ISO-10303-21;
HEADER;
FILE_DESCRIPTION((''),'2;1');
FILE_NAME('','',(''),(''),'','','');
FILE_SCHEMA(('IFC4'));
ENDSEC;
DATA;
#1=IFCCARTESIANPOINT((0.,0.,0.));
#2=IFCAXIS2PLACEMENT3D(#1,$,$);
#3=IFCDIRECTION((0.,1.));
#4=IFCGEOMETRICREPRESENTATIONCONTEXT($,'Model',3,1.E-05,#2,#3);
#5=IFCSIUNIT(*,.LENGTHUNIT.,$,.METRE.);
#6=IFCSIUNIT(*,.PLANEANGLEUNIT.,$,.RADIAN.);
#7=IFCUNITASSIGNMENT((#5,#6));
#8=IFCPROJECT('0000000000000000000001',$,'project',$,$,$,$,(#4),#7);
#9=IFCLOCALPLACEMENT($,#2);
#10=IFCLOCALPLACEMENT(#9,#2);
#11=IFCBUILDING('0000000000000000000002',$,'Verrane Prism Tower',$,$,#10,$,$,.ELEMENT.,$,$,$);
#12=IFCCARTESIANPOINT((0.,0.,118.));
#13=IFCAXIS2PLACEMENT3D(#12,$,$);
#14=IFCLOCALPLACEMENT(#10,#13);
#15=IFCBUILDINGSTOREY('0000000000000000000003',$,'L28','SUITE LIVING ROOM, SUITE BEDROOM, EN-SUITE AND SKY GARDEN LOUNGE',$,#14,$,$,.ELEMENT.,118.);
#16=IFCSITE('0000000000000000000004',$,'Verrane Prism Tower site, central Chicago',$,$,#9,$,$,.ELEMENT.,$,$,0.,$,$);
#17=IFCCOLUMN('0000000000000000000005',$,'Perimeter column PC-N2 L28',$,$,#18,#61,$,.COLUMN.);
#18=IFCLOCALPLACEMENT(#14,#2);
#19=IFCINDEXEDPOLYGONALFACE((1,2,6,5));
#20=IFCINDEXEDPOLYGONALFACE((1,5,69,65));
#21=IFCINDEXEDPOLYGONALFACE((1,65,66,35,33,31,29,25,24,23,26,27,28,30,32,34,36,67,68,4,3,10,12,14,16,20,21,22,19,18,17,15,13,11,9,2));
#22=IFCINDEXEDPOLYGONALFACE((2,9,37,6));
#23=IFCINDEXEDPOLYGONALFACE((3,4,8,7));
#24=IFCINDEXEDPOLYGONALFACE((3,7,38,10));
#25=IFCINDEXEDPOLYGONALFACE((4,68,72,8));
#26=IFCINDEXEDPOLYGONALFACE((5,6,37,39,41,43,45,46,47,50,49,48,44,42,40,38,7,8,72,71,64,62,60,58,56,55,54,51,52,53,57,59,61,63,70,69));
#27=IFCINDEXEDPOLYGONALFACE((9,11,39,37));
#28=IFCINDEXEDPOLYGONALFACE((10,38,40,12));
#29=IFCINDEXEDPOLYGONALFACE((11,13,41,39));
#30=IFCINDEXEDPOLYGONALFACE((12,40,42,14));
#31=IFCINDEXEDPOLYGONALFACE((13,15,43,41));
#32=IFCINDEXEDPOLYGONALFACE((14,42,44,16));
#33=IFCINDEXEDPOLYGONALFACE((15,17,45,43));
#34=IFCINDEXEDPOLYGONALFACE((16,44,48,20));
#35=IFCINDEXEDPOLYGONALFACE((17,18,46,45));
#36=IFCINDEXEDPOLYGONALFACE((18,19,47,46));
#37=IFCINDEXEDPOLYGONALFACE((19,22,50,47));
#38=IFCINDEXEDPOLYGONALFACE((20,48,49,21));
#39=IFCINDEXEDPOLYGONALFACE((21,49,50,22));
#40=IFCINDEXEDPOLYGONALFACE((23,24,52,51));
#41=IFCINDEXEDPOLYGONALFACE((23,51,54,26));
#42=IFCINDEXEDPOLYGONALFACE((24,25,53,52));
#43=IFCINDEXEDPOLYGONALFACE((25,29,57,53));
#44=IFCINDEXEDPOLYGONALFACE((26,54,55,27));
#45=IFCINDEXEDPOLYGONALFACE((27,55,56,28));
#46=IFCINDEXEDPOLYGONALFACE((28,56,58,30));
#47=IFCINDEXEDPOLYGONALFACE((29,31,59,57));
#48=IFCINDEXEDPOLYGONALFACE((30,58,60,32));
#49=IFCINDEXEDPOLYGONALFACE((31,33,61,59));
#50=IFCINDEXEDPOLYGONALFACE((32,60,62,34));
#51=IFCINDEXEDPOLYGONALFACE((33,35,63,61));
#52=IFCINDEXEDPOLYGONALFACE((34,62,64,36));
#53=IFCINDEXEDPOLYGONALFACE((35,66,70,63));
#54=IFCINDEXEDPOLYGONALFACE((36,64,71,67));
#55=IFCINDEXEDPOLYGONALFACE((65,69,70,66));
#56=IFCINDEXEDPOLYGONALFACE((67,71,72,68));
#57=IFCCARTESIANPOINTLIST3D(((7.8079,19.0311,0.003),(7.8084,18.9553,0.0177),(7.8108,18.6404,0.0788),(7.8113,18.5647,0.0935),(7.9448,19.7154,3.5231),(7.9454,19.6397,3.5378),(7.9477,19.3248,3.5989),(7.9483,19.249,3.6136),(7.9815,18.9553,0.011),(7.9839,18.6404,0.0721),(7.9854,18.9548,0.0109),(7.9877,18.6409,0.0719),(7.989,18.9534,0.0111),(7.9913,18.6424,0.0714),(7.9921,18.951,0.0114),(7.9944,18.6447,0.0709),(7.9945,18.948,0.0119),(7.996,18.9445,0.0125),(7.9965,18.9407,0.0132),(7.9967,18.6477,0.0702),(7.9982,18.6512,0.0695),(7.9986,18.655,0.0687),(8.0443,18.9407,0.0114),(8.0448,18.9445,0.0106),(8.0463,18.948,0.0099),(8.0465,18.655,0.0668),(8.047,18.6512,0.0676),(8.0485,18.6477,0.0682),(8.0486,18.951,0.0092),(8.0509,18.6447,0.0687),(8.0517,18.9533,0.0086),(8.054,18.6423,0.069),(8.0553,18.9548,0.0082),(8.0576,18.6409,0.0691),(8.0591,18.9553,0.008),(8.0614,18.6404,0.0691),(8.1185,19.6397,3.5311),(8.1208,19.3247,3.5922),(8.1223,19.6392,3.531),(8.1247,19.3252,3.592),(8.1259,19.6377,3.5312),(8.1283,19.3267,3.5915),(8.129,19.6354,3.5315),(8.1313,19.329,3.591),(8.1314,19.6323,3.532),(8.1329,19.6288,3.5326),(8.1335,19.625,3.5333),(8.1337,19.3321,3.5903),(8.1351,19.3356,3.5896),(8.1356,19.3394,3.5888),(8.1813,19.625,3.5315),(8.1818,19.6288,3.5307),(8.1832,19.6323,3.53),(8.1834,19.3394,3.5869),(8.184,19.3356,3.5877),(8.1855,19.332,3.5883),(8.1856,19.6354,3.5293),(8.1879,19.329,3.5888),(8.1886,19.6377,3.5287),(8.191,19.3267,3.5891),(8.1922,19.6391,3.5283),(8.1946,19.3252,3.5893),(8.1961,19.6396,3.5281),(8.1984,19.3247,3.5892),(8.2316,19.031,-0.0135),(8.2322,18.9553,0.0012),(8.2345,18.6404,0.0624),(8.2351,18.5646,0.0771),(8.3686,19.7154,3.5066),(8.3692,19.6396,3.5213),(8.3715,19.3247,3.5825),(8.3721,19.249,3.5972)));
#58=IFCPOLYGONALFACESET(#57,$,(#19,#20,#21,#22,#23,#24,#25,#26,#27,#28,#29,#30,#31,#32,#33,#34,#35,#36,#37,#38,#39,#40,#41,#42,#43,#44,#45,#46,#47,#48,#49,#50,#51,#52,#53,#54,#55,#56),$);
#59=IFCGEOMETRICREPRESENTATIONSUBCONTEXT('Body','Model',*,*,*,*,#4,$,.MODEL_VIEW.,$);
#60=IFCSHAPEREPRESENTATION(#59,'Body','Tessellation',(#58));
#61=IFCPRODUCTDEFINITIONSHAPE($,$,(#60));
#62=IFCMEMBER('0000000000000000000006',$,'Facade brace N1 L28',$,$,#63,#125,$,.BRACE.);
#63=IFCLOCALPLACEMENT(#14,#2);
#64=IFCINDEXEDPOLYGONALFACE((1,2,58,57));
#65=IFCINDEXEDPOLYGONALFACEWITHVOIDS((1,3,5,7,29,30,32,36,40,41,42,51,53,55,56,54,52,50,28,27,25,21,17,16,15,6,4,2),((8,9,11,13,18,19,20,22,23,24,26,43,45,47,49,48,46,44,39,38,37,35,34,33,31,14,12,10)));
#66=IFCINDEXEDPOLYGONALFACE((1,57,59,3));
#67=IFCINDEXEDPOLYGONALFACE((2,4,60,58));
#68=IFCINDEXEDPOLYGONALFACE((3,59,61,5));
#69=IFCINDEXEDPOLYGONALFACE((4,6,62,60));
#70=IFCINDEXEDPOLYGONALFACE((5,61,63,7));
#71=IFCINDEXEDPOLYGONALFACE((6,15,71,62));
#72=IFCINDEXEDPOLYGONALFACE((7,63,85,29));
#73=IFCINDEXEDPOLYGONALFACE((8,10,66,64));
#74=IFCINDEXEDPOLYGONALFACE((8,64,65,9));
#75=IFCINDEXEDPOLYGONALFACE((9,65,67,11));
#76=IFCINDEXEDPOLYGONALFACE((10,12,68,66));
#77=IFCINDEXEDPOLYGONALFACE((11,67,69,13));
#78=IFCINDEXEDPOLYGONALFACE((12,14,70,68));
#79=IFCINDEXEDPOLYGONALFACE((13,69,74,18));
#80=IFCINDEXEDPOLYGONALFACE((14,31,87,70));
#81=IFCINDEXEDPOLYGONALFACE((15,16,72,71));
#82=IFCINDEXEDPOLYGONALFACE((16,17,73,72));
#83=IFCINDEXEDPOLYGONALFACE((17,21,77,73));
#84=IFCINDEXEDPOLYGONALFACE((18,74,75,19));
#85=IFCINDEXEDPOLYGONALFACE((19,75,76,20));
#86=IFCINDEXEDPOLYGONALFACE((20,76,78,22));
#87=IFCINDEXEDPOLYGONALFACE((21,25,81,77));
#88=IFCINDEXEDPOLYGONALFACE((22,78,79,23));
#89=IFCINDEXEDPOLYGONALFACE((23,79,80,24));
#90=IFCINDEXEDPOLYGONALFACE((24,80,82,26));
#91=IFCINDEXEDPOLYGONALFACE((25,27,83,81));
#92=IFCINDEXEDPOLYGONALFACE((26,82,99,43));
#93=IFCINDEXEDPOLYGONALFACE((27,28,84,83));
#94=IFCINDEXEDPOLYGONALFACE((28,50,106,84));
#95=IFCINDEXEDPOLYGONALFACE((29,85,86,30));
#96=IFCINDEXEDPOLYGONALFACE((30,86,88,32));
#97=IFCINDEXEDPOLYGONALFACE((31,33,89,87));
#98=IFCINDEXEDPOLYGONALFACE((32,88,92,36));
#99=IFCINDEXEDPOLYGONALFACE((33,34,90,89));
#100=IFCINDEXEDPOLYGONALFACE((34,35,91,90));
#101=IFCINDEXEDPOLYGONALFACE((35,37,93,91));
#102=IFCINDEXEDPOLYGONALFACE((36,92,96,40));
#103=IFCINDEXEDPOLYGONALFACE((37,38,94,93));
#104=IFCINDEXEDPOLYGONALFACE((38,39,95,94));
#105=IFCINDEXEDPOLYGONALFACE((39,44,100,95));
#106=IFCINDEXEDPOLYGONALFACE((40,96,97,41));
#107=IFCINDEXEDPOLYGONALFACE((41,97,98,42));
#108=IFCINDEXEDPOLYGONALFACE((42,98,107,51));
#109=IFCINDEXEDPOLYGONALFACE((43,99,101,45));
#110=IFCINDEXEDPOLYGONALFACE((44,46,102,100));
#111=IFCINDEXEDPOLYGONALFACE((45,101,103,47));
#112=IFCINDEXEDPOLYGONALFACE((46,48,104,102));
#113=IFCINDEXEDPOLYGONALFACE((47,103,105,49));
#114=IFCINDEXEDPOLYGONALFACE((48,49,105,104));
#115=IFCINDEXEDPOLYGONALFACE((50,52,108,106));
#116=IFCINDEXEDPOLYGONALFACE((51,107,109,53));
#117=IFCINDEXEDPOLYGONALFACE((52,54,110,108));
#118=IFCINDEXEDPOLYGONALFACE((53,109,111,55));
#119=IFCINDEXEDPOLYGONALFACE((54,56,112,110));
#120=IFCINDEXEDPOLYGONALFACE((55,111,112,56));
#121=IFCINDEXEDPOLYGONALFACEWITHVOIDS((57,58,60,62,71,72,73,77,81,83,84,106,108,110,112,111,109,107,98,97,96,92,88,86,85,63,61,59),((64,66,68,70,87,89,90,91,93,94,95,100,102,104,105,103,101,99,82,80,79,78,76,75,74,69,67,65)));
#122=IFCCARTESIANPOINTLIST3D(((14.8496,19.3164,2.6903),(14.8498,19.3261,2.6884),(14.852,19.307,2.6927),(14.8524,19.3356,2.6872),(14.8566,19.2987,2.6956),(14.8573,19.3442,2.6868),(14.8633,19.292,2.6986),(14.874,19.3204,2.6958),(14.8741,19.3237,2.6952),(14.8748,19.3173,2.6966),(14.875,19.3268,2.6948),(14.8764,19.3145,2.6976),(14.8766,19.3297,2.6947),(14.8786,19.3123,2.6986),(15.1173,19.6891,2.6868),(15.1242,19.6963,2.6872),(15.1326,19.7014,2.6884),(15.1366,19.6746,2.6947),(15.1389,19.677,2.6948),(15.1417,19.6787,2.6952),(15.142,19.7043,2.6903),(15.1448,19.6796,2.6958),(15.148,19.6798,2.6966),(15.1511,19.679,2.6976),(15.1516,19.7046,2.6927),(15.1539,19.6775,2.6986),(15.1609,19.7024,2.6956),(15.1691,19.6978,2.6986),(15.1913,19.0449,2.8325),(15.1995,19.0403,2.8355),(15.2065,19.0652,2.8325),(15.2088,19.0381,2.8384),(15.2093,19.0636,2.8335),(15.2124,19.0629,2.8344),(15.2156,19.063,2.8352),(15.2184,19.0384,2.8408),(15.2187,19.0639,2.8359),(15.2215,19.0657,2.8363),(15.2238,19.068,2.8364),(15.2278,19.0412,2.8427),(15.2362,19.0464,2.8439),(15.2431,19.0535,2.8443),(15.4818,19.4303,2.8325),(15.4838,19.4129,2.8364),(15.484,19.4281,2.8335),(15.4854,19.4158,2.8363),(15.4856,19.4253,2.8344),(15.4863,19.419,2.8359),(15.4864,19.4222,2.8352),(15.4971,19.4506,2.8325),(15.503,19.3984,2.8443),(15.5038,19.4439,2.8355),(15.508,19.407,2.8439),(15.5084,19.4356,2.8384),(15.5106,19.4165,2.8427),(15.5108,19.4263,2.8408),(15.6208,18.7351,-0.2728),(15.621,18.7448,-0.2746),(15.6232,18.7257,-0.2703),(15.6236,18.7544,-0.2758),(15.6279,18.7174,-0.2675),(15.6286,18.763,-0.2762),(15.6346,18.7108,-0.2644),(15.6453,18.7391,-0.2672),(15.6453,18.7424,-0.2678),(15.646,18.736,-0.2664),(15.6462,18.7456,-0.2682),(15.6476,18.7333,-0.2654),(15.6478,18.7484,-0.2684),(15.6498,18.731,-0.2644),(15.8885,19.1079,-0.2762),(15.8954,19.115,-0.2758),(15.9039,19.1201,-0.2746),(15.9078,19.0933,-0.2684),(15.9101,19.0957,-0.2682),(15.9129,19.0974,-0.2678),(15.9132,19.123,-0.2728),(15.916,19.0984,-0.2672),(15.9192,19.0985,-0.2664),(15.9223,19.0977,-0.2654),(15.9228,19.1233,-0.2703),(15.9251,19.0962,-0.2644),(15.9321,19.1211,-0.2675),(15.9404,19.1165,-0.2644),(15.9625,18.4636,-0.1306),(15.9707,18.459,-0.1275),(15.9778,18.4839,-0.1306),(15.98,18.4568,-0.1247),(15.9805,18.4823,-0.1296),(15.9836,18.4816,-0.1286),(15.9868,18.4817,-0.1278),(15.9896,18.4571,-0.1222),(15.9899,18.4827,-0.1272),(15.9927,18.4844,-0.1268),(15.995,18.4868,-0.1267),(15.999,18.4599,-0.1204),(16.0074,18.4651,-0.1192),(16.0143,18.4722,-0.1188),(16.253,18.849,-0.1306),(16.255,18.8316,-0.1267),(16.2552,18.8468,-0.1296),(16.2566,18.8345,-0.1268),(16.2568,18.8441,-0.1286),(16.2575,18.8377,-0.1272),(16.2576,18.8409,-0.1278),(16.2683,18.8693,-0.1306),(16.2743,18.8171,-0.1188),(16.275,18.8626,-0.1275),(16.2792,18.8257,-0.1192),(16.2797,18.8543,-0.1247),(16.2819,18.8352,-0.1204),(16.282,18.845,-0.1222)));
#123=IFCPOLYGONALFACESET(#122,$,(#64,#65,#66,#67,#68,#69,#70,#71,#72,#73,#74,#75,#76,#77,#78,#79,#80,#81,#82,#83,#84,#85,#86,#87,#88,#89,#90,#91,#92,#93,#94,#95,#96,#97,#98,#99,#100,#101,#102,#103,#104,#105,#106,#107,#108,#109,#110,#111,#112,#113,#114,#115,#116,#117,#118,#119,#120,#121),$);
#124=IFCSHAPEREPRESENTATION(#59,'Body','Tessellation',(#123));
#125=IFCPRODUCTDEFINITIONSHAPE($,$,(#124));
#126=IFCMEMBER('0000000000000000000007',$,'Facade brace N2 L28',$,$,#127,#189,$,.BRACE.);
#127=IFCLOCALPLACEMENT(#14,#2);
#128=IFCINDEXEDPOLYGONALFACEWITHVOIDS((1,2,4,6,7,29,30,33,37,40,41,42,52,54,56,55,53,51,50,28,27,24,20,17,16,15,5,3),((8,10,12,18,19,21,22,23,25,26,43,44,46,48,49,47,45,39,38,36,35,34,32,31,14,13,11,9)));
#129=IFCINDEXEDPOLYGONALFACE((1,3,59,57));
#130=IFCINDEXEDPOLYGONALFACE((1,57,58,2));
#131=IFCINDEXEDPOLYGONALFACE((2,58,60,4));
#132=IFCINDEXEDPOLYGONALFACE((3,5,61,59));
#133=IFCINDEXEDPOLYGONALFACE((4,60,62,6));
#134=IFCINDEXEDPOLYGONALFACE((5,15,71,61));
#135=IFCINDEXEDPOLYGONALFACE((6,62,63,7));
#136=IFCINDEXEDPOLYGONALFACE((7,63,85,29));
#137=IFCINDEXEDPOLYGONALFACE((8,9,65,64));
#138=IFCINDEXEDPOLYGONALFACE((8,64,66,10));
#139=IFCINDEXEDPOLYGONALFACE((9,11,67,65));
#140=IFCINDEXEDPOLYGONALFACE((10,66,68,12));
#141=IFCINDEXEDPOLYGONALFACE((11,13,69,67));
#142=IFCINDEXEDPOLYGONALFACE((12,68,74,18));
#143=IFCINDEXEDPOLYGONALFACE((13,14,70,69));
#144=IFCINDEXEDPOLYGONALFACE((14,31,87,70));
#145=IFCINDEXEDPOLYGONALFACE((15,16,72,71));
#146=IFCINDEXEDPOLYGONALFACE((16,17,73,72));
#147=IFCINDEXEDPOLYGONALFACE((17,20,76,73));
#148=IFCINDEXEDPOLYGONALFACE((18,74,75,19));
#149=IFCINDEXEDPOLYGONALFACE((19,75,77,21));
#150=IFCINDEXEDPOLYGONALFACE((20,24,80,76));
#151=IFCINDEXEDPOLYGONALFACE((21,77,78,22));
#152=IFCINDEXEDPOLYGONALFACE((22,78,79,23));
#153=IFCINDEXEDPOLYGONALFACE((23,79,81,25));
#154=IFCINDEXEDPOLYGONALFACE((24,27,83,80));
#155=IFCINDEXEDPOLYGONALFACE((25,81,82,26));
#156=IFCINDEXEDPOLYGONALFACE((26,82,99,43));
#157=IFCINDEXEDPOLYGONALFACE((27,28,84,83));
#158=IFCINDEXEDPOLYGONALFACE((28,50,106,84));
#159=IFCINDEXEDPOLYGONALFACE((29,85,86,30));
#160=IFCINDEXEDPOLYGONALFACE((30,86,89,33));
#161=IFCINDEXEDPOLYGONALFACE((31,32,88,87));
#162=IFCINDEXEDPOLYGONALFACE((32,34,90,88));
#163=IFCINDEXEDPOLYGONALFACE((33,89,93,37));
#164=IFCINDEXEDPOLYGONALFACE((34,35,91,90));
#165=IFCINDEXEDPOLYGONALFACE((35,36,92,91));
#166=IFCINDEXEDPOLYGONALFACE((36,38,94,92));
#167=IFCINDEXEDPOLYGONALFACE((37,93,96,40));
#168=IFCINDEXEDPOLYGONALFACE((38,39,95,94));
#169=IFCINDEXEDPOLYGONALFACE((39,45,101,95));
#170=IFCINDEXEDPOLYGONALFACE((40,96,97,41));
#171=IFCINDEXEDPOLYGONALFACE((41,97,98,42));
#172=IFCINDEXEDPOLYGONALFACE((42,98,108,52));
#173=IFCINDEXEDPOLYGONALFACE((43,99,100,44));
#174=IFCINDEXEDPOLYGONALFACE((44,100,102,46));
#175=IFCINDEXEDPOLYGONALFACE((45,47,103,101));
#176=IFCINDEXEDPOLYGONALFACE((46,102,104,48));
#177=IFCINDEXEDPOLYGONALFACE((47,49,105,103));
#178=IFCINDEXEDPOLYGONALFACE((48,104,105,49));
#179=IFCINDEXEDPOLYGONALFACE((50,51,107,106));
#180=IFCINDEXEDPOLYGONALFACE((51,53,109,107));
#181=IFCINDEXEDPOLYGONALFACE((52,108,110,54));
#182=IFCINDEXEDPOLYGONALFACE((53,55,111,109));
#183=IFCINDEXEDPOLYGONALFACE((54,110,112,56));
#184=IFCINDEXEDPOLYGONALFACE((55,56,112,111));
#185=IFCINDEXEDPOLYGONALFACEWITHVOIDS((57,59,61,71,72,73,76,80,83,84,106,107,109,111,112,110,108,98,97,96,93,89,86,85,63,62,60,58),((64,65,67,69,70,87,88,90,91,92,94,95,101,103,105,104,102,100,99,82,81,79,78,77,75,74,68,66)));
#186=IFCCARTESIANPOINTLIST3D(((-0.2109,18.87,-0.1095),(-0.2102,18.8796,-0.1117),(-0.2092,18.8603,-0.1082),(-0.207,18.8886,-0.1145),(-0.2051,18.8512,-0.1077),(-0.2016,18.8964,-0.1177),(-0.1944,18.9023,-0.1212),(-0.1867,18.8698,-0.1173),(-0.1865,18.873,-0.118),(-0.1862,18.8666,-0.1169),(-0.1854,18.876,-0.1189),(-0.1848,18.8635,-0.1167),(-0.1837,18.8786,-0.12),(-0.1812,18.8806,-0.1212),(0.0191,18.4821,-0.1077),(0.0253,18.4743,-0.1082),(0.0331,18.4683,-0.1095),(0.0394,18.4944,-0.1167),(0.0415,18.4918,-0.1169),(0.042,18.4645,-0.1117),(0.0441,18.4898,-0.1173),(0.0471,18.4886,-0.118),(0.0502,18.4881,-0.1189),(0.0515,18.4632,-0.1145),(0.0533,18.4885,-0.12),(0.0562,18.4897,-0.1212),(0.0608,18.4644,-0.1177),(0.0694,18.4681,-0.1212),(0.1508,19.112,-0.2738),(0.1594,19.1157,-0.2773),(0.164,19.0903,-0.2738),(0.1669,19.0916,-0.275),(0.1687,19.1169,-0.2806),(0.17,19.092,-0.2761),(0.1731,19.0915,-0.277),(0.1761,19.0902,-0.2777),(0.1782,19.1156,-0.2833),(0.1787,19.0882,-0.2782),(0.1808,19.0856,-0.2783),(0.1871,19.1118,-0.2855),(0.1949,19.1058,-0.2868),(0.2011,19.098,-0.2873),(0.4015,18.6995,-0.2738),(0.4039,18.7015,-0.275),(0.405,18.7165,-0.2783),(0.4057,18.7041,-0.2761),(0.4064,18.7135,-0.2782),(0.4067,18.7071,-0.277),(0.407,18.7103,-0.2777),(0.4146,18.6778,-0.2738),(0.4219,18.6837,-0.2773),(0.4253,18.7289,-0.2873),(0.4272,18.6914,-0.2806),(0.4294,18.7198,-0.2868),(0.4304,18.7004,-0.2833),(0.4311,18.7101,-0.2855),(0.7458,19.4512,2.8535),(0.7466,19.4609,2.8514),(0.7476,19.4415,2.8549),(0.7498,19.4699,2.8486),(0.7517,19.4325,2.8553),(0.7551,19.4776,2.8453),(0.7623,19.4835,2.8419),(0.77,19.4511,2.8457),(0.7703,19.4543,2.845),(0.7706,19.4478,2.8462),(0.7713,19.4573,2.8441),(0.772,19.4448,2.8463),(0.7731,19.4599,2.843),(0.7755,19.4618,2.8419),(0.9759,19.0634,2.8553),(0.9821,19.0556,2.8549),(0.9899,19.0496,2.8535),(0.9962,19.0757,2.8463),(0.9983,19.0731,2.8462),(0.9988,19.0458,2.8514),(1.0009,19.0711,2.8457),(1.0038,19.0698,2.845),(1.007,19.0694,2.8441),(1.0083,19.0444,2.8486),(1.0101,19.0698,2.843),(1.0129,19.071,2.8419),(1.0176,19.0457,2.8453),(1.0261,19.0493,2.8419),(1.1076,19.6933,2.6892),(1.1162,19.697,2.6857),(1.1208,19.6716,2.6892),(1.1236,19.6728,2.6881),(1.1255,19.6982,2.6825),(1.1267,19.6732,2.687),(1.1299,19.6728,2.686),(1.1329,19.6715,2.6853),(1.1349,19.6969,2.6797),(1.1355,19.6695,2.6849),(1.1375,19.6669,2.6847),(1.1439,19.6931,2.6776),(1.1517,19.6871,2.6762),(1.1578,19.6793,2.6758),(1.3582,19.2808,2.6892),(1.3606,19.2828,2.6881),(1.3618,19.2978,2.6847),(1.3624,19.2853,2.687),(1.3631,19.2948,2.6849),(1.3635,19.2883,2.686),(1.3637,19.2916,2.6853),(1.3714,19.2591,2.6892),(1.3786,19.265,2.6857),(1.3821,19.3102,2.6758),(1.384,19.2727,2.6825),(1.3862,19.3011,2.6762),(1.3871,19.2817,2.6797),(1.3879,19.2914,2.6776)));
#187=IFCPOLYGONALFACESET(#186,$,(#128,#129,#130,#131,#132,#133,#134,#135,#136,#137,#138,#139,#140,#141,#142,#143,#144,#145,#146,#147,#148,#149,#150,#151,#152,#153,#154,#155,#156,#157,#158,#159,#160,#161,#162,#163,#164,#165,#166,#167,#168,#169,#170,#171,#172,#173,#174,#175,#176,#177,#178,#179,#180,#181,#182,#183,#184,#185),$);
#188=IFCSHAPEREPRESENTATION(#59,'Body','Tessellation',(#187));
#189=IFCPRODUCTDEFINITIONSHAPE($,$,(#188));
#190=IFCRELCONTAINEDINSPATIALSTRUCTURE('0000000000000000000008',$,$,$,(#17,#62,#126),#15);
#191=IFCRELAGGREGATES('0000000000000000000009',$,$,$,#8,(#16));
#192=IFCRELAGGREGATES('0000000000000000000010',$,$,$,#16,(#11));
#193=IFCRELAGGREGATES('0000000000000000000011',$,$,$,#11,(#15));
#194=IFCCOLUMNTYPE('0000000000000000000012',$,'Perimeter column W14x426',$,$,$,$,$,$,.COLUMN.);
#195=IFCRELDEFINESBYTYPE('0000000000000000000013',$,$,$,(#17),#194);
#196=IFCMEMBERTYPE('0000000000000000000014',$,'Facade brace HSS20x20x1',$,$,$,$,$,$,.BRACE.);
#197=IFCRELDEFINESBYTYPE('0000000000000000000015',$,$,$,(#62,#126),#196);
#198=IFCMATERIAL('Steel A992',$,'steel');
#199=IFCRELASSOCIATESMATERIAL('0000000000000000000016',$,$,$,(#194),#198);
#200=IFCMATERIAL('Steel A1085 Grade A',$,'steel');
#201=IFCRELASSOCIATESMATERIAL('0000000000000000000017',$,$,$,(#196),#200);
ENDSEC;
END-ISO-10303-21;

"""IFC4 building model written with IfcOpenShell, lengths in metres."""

from ifc_helpers import new_model, si_unit, direction, frame, origin, origin_2d, place, context, subcontext, project, spatial, hollow_rectangle, i_section, extrude, material, material_profile, profile_set, type_object, element, save


model = new_model("IFC4")

# Units and contexts
model_context = context("Model", 3, precision=1e-05, world=origin(), true_north=direction((0.0, 1.0)))
body_context = subcontext(model_context, "Body", "Model", "MODEL_VIEW")
ifc_project = project(units=[si_unit("LENGTHUNIT", "METRE"), si_unit("PLANEANGLEUNIT", "RADIAN")], contexts=[model_context])

# Site, building, storey
site_placement = place(None, origin())
site = spatial("IfcSite", under=ifc_project, at=site_placement, Name="Verrane Prism Tower site, central Chicago", CompositionType="ELEMENT", RefElevation=0.0)
building_placement = place(site_placement, origin())
building = spatial("IfcBuilding", under=site, at=building_placement, Name="Verrane Prism Tower", CompositionType="ELEMENT")
storey_placement = place(building_placement, frame((0.0, 0.0, 118.0)))
storey = spatial("IfcBuildingStorey", under=building, at=storey_placement, Name="L28", Description="SUITE LIVING ROOM, SUITE BEDROOM, EN-SUITE AND SKY GARDEN LOUNGE", CompositionType="ELEMENT", Elevation=118.0)

# Column
ifc_material_1 = material(Name="Steel A992", Category="steel")
ifc_material_profile_1 = material_profile(ifc_material_1, i_section(OverallWidth=0.4241, OverallDepth=0.4751, WebThickness=0.0479, FlangeThickness=0.0771, FilletRadius=0.0149, at=origin_2d()), Name="W14x426")
ifc_profile_set_1 = profile_set([ifc_material_profile_1], Name="Steel A992")
column_type = type_object("IfcColumnType", Name="Perimeter column W14x426", PredefinedType="COLUMN", material=ifc_profile_set_1)
column_placement = place(storey_placement, frame((8.0215, 18.7979, 0.04), z_axis=(0.038167, 0.190698, 0.980907), x_axis=(0.999245, -0.000136, -0.038854)))
element("IfcColumn", 1, at=column_placement, inside=storey, type_object=column_type, Name="Perimeter column PC-N2 L28", PredefinedType="COLUMN", context=body_context, shape_type="SweptSolid", body=[
    extrude(i_section(OverallWidth=0.4241, OverallDepth=0.4751, WebThickness=0.0479, FlangeThickness=0.0771, FilletRadius=0.0149, at=origin_2d()), origin(), (0.0, 0.0, 1.0), 3.5886),
])

# Members
ifc_material_2 = material(Name="Steel A1085 Grade A", Category="steel")
ifc_material_profile_2 = material_profile(ifc_material_2, hollow_rectangle(XDim=0.5081, YDim=0.5081, WallThickness=0.0254, InnerFilletRadius=0.0127, OuterFilletRadius=0.0381, at=origin_2d()), Name="HSS20x20x1")
ifc_profile_set_2 = profile_set([ifc_material_profile_2], Name="Steel A1085 Grade A")
member_type_1 = type_object("IfcMemberType", Name="Facade brace HSS20x20x1", PredefinedType="BRACE", material=ifc_profile_set_2)
member_1_placement = place(storey_placement, frame((15.9514, 18.79, -0.1975), z_axis=(-0.247466, 0.18652, 0.950774), x_axis=(-0.601899, -0.798572, 0.0)))
element("IfcMember", 2, at=member_1_placement, inside=storey, type_object=member_type_1, Name="Facade brace N1 L28", PredefinedType="BRACE", context=body_context, shape_type="SweptSolid", body=[
    extrude(hollow_rectangle(XDim=0.5081, YDim=0.5081, WallThickness=0.0254, InnerFilletRadius=0.0127, OuterFilletRadius=0.0381, at=origin_2d()), origin(), (0.0, 0.0, 1.0), 3.1165),
])
member_2_placement = place(storey_placement, frame((0.1101, 18.79, -0.1975), z_axis=(0.302057, 0.183516, 0.935459), x_axis=(-0.519234, 0.854632, 0.0)))
element("IfcMember", 3, at=member_2_placement, inside=storey, type_object=member_type_1, Name="Facade brace N2 L28", PredefinedType="BRACE", context=body_context, shape_type="SweptSolid", body=[
    extrude(hollow_rectangle(XDim=0.5081, YDim=0.5081, WallThickness=0.0254, InnerFilletRadius=0.0127, OuterFilletRadius=0.0381, at=origin_2d()), origin(), (0.0, 0.0, 1.0), 3.1675),
])

save(model, "model.ifc")
